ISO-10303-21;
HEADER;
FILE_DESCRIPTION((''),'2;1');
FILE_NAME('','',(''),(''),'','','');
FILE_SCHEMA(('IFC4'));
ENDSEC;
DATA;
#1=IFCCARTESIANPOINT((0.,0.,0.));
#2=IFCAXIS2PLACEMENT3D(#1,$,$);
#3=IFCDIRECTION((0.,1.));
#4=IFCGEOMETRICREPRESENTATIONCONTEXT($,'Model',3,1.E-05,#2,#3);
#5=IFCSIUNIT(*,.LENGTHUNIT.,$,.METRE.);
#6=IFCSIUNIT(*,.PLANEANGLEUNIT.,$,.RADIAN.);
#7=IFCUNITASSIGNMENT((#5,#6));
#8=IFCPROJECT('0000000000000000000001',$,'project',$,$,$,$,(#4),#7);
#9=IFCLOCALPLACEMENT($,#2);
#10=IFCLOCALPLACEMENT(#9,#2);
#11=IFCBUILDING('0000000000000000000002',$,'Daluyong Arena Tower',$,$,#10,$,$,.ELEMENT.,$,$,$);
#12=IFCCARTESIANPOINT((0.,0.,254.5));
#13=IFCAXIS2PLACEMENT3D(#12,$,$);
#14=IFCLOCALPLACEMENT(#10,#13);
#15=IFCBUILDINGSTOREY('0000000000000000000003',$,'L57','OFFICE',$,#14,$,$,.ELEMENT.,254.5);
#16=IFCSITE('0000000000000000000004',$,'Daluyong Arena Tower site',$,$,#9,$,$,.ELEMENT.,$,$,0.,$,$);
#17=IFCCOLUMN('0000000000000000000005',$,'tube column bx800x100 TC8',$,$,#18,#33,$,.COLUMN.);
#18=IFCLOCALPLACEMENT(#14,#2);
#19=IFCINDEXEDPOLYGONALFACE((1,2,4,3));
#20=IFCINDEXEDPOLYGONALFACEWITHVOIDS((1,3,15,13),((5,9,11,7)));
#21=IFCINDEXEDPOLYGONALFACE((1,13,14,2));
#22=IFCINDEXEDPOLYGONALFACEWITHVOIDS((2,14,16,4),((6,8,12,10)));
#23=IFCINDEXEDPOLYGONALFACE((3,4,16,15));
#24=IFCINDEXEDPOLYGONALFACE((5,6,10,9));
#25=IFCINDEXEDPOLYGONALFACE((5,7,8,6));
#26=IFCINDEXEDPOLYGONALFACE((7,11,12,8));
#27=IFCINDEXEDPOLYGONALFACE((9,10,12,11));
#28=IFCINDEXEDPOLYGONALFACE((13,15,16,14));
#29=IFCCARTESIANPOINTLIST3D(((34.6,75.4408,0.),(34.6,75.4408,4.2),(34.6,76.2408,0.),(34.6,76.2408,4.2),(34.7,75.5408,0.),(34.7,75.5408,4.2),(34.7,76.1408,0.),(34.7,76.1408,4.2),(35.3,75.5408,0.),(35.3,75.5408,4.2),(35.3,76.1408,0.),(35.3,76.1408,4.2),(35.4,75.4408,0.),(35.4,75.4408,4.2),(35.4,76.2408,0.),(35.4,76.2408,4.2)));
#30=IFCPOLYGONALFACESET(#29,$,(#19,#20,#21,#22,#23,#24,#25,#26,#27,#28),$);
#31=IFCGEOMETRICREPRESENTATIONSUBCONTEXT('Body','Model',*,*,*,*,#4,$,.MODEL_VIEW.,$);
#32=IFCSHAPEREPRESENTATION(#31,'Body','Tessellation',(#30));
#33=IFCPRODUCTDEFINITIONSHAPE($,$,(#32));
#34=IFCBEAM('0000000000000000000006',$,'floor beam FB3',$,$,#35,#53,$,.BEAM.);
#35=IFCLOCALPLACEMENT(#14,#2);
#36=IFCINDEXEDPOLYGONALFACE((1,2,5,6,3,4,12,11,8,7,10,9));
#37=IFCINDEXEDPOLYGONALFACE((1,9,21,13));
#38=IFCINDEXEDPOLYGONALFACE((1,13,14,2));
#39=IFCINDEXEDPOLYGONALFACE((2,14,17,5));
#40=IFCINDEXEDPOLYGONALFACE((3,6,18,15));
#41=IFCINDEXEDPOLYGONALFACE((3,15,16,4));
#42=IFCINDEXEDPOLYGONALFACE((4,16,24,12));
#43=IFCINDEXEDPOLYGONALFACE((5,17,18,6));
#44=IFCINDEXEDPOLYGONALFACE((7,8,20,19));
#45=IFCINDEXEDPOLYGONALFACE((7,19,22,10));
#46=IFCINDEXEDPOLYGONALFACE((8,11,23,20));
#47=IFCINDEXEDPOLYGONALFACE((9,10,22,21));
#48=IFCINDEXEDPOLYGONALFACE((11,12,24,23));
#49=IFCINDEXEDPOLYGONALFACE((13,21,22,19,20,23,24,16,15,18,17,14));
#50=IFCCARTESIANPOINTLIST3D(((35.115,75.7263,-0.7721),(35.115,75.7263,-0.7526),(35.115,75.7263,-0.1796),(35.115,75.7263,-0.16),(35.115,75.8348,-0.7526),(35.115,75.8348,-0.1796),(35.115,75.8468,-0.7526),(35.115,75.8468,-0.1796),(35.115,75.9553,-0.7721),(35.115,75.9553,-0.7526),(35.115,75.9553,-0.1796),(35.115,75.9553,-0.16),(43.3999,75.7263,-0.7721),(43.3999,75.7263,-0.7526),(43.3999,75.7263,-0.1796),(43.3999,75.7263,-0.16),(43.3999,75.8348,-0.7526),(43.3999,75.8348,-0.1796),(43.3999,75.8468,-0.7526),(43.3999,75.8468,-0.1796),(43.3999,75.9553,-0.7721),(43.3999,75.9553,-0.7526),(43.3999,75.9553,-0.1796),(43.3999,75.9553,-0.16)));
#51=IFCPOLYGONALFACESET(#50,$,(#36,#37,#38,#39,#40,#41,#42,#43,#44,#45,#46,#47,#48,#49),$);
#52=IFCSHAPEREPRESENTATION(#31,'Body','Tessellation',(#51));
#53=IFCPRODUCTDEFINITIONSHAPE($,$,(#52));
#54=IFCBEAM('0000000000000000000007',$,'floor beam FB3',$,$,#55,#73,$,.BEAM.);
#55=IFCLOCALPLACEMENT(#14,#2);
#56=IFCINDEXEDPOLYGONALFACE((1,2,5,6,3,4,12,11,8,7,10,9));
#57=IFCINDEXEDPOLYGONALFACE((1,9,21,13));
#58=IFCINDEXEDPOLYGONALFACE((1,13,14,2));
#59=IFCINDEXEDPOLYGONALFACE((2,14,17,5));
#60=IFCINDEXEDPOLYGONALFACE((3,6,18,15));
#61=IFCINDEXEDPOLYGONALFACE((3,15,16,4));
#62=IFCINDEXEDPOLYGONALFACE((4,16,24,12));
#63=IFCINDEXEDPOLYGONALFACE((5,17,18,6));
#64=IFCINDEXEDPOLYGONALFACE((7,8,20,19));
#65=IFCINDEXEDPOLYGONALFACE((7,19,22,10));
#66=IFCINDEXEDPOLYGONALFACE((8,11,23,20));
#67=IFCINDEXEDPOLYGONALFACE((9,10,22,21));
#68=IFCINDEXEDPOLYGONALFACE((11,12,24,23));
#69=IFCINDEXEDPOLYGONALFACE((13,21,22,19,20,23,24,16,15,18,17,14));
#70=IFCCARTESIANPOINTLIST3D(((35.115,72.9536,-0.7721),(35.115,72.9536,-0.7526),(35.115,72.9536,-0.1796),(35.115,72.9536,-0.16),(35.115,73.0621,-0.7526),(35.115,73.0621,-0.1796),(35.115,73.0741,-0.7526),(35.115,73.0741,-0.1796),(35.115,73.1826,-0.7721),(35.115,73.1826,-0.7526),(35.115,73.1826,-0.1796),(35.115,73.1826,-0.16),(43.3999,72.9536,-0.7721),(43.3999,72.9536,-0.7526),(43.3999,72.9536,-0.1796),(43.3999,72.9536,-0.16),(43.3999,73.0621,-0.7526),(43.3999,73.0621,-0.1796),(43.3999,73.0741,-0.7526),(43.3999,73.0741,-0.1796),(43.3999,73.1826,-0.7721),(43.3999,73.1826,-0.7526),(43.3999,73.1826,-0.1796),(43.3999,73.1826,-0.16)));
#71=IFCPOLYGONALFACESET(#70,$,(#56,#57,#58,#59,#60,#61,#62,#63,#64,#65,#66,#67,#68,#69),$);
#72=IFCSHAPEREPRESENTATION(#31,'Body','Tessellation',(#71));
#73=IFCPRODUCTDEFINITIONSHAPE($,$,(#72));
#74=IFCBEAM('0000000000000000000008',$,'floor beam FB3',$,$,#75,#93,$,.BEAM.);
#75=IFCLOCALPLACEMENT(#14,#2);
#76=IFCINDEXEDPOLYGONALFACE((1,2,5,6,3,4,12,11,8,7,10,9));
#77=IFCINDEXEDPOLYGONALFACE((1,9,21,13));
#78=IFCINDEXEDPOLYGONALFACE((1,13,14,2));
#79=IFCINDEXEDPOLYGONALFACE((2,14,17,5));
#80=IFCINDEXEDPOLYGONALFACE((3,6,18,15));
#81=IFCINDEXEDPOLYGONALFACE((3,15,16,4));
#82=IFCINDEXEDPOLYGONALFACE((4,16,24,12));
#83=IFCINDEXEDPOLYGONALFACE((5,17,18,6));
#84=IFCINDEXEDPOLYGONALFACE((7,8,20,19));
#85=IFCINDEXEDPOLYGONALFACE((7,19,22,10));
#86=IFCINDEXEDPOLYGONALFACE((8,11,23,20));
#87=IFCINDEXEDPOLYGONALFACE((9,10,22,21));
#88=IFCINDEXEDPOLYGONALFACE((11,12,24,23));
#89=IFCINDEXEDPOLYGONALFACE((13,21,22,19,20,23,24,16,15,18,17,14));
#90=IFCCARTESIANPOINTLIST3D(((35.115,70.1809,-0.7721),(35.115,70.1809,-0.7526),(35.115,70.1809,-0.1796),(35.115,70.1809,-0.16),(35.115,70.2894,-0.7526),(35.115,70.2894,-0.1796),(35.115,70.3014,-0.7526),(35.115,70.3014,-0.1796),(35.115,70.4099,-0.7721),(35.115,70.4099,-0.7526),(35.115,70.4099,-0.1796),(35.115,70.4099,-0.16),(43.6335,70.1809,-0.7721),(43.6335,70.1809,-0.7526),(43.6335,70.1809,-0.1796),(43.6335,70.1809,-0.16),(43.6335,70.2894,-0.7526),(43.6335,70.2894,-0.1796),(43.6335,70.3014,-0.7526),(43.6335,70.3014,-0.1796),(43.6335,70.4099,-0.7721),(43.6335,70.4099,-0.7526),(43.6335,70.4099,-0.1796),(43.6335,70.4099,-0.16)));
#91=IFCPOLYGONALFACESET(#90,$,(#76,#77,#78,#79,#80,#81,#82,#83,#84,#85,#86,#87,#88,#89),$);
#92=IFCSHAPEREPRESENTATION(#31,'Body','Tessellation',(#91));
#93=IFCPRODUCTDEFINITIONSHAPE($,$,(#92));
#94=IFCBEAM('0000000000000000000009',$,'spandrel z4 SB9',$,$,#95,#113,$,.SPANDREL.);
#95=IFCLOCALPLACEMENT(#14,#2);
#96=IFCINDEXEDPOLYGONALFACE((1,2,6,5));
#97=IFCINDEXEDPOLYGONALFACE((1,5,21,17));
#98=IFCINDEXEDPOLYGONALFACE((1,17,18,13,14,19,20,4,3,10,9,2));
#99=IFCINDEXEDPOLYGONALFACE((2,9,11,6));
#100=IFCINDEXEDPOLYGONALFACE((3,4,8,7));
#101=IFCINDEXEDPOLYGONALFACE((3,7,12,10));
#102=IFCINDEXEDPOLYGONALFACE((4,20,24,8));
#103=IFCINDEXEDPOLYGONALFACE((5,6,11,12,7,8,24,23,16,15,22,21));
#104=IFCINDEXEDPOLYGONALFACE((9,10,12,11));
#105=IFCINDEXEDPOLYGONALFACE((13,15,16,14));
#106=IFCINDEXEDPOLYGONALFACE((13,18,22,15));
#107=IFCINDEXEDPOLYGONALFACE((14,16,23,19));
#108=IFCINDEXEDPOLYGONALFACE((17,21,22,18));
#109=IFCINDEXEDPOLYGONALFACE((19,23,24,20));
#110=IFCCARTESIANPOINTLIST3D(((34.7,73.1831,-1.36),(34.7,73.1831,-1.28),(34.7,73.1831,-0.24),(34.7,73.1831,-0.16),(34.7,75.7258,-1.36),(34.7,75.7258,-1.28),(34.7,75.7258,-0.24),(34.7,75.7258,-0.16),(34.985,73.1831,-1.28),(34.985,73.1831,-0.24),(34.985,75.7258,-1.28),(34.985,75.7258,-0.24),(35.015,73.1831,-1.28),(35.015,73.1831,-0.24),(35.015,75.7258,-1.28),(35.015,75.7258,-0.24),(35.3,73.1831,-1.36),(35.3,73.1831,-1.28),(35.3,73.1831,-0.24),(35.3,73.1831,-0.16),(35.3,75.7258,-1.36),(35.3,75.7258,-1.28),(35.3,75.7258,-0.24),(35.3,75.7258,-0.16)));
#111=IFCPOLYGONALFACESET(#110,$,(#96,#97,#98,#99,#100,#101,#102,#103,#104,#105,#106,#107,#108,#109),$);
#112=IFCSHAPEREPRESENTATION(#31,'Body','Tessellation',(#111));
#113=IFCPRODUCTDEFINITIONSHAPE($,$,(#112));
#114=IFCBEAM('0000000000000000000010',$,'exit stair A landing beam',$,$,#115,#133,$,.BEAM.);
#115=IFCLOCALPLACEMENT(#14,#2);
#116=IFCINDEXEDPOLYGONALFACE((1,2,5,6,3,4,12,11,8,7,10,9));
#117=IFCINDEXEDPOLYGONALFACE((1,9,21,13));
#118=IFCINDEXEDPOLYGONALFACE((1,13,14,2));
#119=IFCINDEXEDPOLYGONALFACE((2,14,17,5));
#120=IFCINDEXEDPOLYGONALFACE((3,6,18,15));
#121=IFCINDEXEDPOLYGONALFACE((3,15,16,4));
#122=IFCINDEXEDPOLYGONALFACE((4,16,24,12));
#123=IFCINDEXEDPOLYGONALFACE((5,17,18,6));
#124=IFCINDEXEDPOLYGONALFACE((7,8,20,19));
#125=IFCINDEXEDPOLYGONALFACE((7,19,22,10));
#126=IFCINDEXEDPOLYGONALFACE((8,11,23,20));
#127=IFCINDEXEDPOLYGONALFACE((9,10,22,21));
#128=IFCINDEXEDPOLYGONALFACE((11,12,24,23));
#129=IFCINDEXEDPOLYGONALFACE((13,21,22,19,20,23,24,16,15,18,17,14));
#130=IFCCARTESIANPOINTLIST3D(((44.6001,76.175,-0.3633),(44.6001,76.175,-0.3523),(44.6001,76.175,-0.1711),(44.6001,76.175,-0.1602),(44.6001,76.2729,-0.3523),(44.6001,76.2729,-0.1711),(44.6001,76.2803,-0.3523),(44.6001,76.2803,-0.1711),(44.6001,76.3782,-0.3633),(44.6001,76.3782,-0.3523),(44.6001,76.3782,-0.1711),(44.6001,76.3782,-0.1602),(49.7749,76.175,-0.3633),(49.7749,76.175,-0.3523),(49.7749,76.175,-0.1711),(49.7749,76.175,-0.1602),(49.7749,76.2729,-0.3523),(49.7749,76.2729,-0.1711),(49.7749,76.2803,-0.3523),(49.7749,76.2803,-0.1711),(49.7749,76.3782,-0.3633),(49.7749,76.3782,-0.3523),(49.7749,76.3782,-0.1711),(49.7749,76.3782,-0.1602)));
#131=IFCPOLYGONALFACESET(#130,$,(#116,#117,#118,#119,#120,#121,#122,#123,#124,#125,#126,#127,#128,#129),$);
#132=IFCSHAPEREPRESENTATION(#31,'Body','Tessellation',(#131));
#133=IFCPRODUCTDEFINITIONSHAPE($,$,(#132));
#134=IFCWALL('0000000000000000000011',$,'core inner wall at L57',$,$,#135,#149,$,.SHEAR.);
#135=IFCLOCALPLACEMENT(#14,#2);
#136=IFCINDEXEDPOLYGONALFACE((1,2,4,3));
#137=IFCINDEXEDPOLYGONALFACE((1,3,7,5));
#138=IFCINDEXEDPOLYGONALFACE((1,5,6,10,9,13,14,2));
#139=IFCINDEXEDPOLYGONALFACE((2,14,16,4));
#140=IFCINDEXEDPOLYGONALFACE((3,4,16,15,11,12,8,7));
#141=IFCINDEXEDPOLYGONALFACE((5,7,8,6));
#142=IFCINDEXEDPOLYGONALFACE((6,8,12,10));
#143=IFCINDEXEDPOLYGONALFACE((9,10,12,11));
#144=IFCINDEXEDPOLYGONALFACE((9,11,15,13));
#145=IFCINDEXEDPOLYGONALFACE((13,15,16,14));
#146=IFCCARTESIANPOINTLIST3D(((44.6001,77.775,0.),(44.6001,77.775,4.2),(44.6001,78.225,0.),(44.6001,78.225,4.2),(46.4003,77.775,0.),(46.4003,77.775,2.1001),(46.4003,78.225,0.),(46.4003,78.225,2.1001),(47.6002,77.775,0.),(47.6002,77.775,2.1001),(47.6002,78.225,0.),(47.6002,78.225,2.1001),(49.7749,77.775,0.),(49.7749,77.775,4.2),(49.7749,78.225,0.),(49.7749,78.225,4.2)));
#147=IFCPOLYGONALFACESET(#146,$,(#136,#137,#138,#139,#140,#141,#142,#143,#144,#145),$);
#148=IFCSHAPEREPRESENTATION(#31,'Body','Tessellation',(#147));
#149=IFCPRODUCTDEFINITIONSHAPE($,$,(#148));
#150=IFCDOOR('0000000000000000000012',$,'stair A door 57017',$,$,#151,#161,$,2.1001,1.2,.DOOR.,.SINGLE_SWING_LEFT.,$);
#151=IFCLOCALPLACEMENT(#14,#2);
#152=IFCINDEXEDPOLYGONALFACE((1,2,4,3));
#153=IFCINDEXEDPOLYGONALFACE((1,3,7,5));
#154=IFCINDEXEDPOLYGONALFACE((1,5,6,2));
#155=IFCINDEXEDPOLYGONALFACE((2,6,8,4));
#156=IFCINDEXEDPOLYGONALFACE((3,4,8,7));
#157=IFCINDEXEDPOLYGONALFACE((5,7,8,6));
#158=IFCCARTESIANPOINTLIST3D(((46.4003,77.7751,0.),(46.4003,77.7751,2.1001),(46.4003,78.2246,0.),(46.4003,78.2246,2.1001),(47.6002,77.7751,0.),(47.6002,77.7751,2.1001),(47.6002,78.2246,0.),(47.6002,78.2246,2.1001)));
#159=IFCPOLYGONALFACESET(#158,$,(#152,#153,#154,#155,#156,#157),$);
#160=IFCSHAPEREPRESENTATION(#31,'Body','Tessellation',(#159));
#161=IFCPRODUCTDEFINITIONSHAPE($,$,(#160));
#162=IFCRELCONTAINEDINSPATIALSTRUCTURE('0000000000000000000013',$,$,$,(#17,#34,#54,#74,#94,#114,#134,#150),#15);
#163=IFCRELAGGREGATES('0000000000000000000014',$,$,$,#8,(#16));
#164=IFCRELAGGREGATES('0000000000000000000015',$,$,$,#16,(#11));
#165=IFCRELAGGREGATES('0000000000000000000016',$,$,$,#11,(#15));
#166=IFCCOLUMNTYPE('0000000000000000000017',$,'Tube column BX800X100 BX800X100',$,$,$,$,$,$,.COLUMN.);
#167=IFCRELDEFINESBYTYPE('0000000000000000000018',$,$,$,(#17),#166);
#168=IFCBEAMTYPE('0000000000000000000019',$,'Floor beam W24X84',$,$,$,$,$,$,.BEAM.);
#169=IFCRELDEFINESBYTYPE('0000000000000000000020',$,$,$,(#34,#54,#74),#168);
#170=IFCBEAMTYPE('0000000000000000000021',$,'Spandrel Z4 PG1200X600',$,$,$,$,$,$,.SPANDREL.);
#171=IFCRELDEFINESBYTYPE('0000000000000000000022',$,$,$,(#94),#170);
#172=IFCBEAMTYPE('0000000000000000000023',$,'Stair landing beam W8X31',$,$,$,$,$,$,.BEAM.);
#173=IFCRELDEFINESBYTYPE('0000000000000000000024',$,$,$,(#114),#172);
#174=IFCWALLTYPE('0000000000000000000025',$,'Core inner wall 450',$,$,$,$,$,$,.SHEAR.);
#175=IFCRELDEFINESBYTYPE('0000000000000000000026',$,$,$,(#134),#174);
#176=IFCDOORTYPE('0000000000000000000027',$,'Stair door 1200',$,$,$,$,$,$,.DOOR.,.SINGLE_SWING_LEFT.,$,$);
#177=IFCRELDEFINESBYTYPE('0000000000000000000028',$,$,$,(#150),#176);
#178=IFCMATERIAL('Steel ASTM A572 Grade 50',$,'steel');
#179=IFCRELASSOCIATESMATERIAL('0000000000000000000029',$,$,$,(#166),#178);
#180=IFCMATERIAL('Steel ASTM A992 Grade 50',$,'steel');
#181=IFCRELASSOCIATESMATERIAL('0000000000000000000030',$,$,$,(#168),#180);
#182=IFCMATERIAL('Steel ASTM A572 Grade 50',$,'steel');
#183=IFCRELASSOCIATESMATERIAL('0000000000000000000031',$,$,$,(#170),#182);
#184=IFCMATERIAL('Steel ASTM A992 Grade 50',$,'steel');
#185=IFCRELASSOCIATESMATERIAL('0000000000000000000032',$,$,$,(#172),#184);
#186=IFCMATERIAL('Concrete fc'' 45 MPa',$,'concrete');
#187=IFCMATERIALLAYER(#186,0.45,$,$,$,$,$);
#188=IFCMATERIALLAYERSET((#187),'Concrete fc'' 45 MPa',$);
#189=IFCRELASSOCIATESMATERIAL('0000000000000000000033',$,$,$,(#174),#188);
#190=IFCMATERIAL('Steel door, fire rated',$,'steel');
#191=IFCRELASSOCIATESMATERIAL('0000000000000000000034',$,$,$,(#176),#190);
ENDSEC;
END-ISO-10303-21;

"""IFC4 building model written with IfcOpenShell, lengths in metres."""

from ifc_helpers import new_model, si_unit, direction, frame, frame_2d, origin, origin_2d, place, context, subcontext, project, spatial, rectangle, hollow_rectangle, i_section, extrude, material, layer, layer_set, material_profile, profile_set, type_object, element, fill, save


model = new_model("IFC4")

# Units and contexts
model_context = context("Model", 3, precision=1e-05, world=origin(), true_north=direction((0.0, 1.0)))
body_context = subcontext(model_context, "Body", "Model", "MODEL_VIEW")
ifc_project = project(units=[si_unit("LENGTHUNIT", "METRE"), si_unit("PLANEANGLEUNIT", "RADIAN")], contexts=[model_context])

# Site, building, storey
site_placement = place(None, origin())
site = spatial("IfcSite", under=ifc_project, at=site_placement, Name="Daluyong Arena Tower site", CompositionType="ELEMENT", RefElevation=0.0)
building_placement = place(site_placement, origin())
building = spatial("IfcBuilding", under=site, at=building_placement, Name="Daluyong Arena Tower", CompositionType="ELEMENT")
storey_placement = place(building_placement, frame((0.0, 0.0, 254.5)))
storey = spatial("IfcBuildingStorey", under=building, at=storey_placement, Name="L57", Description="OFFICE", CompositionType="ELEMENT", Elevation=254.5)

# Column
ifc_material_1 = material(Name="Steel ASTM A572 Grade 50", Category="steel")
ifc_material_profile_1 = material_profile(ifc_material_1, hollow_rectangle(XDim=0.8, YDim=0.8, WallThickness=0.1, at=origin_2d()))
ifc_profile_set_1 = profile_set([ifc_material_profile_1], Name="Steel ASTM A572 Grade 50")
column_type = type_object("IfcColumnType", Name="Tube column BX800X100 BX800X100", PredefinedType="COLUMN", material=ifc_profile_set_1)
column_placement = place(storey_placement, frame((35.0, 75.8408, 0.0), z_axis=(0.0, 0.0, 1.0), x_axis=(0.0, 1.0, 0.0)))
element("IfcColumn", 1, at=column_placement, inside=storey, type_object=column_type, Name="tube column bx800x100 TC8", PredefinedType="COLUMN", context=body_context, shape_type="SweptSolid", body=[
    extrude(hollow_rectangle(XDim=0.8, YDim=0.8, WallThickness=0.1, at=origin_2d()), origin(), (0.0, 0.0, 1.0), 4.2),
])

# Beams
ifc_material_2 = material(Name="Steel ASTM A992 Grade 50", Category="steel")
ifc_material_profile_2 = material_profile(ifc_material_2, i_section(OverallWidth=0.229, OverallDepth=0.6121, WebThickness=0.012, FlangeThickness=0.0195, at=origin_2d()))
ifc_profile_set_2 = profile_set([ifc_material_profile_2], Name="Steel ASTM A992 Grade 50")
beam_type_1 = type_object("IfcBeamType", Name="Floor beam W24X84", PredefinedType="BEAM", material=ifc_profile_set_2)
for number, where, z_axis, x_axis, name in (
    (2, (35.115, 75.8408, -0.4661), (1.0, 0.0, 0.0), (0.0, 1.0, 0.0), "floor beam FB3"),
    (3, (35.115, 73.0681, -0.4661), (1.0, 0.0, 0.0), (0.0, 1.0, 0.0), "floor beam FB3"),
):
    element("IfcBeam", number, at=place(storey_placement, frame(where, z_axis=z_axis, x_axis=x_axis)), inside=storey, type_object=beam_type_1, Name=name, PredefinedType="BEAM", context=body_context, shape_type="SweptSolid", body=[
        extrude(i_section(OverallWidth=0.229, OverallDepth=0.6121, WebThickness=0.012, FlangeThickness=0.0195, at=origin_2d()), origin(), (0.0, 0.0, 1.0), 8.2849),
    ])
beam_1_placement = place(storey_placement, frame((35.115, 70.2954, -0.4661), z_axis=(1.0, 0.0, 0.0), x_axis=(0.0, 1.0, 0.0)))
element("IfcBeam", 4, at=beam_1_placement, inside=storey, type_object=beam_type_1, Name="floor beam FB3", PredefinedType="BEAM", context=body_context, shape_type="SweptSolid", body=[
    extrude(i_section(OverallWidth=0.229, OverallDepth=0.6121, WebThickness=0.012, FlangeThickness=0.0195, at=origin_2d()), origin(), (0.0, 0.0, 1.0), 8.5186),
])
ifc_material_3 = material(Name="Steel ASTM A572 Grade 50", Category="steel")
ifc_material_profile_3 = material_profile(ifc_material_3, i_section(OverallWidth=0.6001, OverallDepth=1.2, WebThickness=0.03, FlangeThickness=0.08, at=origin_2d()))
ifc_profile_set_3 = profile_set([ifc_material_profile_3], Name="Steel ASTM A572 Grade 50")
beam_type_2 = type_object("IfcBeamType", Name="Spandrel Z4 PG1200X600", PredefinedType="SPANDREL", material=ifc_profile_set_3)
beam_2_placement = place(storey_placement, frame((35.0, 75.7258, -0.76), z_axis=(0.0, -1.0, 0.0), x_axis=(1.0, 0.0, 0.0)))
element("IfcBeam", 5, at=beam_2_placement, inside=storey, type_object=beam_type_2, Name="spandrel z4 SB9", PredefinedType="SPANDREL", context=body_context, shape_type="SweptSolid", body=[
    extrude(i_section(OverallWidth=0.6001, OverallDepth=1.2, WebThickness=0.03, FlangeThickness=0.08, at=origin_2d()), origin(), (0.0, 0.0, 1.0), 2.5427),
])
ifc_material_4 = material(Name="Steel ASTM A992 Grade 50", Category="steel")
ifc_material_profile_4 = material_profile(ifc_material_4, i_section(OverallWidth=0.2031, OverallDepth=0.2031, WebThickness=0.0073, FlangeThickness=0.011, at=origin_2d()))
ifc_profile_set_4 = profile_set([ifc_material_profile_4], Name="Steel ASTM A992 Grade 50")
beam_type_3 = type_object("IfcBeamType", Name="Stair landing beam W8X31", PredefinedType="BEAM", material=ifc_profile_set_4)
beam_3_placement = place(storey_placement, frame((44.6001, 76.2766, -0.2617), z_axis=(1.0, 0.0, 0.0), x_axis=(0.0, 1.0, 0.0)))
element("IfcBeam", 6, at=beam_3_placement, inside=storey, type_object=beam_type_3, Name="exit stair A landing beam", PredefinedType="BEAM", context=body_context, shape_type="SweptSolid", body=[
    extrude(i_section(OverallWidth=0.2031, OverallDepth=0.2031, WebThickness=0.0073, FlangeThickness=0.011, at=origin_2d()), origin(), (0.0, 0.0, 1.0), 5.1748),
])

# Wall, opening, door
ifc_material_5 = material(Name="Concrete fc' 45 MPa", Category="concrete")
ifc_layer_1 = layer(ifc_material_5, 0.45)
ifc_layer_set_1 = layer_set([ifc_layer_1], Name="Concrete fc' 45 MPa")
wall_type_1 = type_object("IfcWallType", Name="Core inner wall 450", PredefinedType="SHEAR", material=ifc_layer_set_1)
wall_1_placement = place(storey_placement, frame((44.6001, 78.0, 0.0), z_axis=(0.0, 0.0, 1.0), x_axis=(1.0, 0.0, 0.0)))
wall_1 = element("IfcWall", 7, at=wall_1_placement, inside=storey, type_object=wall_type_1, Name="core inner wall at L57", PredefinedType="SHEAR", context=body_context, shape_type="SweptSolid", body=[
    extrude(rectangle(XDim=5.1748, YDim=0.45, at=frame_2d((2.5874, 0.0))), origin(), (0.0, 0.0, 1.0), 4.2),
])
opening_1_placement = place(wall_1_placement, frame((1.8, 0.0, 0.0)))
opening_1 = element("IfcOpeningElement", 8, at=opening_1_placement, cuts=wall_1, PredefinedType="OPENING", context=body_context, shape_type="SweptSolid", body=[
    extrude(rectangle(XDim=1.2, YDim=2.1001, at=frame_2d((0.6001, 1.05))), frame((0.0, 0.2349, 0.0), z_axis=(0.0, -1.0, 0.0), x_axis=(1.0, 0.0, 0.0)), (0.0, 0.0, 1.0), 0.47),
])
ifc_material_6 = material(Name="Steel door, fire rated", Category="steel")
door_type_1 = type_object("IfcDoorType", Name="Stair door 1200", OperationType="SINGLE_SWING_LEFT", PredefinedType="DOOR", material=ifc_material_6)
door_1_placement = place(opening_1_placement, origin())
door_1 = element("IfcDoor", 9, at=door_1_placement, inside=storey, type_object=door_type_1, Name="stair A door 57017", OperationType="SINGLE_SWING_LEFT", OverallHeight=2.1001, OverallWidth=1.2, PredefinedType="DOOR", context=body_context, shape_type="SweptSolid", body=[
    extrude(rectangle(XDim=1.2, YDim=2.1001, at=frame_2d((0.6001, 1.05))), frame((0.0, 0.2246, 0.0), z_axis=(0.0, -1.0, 0.0), x_axis=(1.0, 0.0, 0.0)), (0.0, 0.0, 1.0), 0.4495),
])
fill(opening_1, door_1)

save(model, "model.ifc")
